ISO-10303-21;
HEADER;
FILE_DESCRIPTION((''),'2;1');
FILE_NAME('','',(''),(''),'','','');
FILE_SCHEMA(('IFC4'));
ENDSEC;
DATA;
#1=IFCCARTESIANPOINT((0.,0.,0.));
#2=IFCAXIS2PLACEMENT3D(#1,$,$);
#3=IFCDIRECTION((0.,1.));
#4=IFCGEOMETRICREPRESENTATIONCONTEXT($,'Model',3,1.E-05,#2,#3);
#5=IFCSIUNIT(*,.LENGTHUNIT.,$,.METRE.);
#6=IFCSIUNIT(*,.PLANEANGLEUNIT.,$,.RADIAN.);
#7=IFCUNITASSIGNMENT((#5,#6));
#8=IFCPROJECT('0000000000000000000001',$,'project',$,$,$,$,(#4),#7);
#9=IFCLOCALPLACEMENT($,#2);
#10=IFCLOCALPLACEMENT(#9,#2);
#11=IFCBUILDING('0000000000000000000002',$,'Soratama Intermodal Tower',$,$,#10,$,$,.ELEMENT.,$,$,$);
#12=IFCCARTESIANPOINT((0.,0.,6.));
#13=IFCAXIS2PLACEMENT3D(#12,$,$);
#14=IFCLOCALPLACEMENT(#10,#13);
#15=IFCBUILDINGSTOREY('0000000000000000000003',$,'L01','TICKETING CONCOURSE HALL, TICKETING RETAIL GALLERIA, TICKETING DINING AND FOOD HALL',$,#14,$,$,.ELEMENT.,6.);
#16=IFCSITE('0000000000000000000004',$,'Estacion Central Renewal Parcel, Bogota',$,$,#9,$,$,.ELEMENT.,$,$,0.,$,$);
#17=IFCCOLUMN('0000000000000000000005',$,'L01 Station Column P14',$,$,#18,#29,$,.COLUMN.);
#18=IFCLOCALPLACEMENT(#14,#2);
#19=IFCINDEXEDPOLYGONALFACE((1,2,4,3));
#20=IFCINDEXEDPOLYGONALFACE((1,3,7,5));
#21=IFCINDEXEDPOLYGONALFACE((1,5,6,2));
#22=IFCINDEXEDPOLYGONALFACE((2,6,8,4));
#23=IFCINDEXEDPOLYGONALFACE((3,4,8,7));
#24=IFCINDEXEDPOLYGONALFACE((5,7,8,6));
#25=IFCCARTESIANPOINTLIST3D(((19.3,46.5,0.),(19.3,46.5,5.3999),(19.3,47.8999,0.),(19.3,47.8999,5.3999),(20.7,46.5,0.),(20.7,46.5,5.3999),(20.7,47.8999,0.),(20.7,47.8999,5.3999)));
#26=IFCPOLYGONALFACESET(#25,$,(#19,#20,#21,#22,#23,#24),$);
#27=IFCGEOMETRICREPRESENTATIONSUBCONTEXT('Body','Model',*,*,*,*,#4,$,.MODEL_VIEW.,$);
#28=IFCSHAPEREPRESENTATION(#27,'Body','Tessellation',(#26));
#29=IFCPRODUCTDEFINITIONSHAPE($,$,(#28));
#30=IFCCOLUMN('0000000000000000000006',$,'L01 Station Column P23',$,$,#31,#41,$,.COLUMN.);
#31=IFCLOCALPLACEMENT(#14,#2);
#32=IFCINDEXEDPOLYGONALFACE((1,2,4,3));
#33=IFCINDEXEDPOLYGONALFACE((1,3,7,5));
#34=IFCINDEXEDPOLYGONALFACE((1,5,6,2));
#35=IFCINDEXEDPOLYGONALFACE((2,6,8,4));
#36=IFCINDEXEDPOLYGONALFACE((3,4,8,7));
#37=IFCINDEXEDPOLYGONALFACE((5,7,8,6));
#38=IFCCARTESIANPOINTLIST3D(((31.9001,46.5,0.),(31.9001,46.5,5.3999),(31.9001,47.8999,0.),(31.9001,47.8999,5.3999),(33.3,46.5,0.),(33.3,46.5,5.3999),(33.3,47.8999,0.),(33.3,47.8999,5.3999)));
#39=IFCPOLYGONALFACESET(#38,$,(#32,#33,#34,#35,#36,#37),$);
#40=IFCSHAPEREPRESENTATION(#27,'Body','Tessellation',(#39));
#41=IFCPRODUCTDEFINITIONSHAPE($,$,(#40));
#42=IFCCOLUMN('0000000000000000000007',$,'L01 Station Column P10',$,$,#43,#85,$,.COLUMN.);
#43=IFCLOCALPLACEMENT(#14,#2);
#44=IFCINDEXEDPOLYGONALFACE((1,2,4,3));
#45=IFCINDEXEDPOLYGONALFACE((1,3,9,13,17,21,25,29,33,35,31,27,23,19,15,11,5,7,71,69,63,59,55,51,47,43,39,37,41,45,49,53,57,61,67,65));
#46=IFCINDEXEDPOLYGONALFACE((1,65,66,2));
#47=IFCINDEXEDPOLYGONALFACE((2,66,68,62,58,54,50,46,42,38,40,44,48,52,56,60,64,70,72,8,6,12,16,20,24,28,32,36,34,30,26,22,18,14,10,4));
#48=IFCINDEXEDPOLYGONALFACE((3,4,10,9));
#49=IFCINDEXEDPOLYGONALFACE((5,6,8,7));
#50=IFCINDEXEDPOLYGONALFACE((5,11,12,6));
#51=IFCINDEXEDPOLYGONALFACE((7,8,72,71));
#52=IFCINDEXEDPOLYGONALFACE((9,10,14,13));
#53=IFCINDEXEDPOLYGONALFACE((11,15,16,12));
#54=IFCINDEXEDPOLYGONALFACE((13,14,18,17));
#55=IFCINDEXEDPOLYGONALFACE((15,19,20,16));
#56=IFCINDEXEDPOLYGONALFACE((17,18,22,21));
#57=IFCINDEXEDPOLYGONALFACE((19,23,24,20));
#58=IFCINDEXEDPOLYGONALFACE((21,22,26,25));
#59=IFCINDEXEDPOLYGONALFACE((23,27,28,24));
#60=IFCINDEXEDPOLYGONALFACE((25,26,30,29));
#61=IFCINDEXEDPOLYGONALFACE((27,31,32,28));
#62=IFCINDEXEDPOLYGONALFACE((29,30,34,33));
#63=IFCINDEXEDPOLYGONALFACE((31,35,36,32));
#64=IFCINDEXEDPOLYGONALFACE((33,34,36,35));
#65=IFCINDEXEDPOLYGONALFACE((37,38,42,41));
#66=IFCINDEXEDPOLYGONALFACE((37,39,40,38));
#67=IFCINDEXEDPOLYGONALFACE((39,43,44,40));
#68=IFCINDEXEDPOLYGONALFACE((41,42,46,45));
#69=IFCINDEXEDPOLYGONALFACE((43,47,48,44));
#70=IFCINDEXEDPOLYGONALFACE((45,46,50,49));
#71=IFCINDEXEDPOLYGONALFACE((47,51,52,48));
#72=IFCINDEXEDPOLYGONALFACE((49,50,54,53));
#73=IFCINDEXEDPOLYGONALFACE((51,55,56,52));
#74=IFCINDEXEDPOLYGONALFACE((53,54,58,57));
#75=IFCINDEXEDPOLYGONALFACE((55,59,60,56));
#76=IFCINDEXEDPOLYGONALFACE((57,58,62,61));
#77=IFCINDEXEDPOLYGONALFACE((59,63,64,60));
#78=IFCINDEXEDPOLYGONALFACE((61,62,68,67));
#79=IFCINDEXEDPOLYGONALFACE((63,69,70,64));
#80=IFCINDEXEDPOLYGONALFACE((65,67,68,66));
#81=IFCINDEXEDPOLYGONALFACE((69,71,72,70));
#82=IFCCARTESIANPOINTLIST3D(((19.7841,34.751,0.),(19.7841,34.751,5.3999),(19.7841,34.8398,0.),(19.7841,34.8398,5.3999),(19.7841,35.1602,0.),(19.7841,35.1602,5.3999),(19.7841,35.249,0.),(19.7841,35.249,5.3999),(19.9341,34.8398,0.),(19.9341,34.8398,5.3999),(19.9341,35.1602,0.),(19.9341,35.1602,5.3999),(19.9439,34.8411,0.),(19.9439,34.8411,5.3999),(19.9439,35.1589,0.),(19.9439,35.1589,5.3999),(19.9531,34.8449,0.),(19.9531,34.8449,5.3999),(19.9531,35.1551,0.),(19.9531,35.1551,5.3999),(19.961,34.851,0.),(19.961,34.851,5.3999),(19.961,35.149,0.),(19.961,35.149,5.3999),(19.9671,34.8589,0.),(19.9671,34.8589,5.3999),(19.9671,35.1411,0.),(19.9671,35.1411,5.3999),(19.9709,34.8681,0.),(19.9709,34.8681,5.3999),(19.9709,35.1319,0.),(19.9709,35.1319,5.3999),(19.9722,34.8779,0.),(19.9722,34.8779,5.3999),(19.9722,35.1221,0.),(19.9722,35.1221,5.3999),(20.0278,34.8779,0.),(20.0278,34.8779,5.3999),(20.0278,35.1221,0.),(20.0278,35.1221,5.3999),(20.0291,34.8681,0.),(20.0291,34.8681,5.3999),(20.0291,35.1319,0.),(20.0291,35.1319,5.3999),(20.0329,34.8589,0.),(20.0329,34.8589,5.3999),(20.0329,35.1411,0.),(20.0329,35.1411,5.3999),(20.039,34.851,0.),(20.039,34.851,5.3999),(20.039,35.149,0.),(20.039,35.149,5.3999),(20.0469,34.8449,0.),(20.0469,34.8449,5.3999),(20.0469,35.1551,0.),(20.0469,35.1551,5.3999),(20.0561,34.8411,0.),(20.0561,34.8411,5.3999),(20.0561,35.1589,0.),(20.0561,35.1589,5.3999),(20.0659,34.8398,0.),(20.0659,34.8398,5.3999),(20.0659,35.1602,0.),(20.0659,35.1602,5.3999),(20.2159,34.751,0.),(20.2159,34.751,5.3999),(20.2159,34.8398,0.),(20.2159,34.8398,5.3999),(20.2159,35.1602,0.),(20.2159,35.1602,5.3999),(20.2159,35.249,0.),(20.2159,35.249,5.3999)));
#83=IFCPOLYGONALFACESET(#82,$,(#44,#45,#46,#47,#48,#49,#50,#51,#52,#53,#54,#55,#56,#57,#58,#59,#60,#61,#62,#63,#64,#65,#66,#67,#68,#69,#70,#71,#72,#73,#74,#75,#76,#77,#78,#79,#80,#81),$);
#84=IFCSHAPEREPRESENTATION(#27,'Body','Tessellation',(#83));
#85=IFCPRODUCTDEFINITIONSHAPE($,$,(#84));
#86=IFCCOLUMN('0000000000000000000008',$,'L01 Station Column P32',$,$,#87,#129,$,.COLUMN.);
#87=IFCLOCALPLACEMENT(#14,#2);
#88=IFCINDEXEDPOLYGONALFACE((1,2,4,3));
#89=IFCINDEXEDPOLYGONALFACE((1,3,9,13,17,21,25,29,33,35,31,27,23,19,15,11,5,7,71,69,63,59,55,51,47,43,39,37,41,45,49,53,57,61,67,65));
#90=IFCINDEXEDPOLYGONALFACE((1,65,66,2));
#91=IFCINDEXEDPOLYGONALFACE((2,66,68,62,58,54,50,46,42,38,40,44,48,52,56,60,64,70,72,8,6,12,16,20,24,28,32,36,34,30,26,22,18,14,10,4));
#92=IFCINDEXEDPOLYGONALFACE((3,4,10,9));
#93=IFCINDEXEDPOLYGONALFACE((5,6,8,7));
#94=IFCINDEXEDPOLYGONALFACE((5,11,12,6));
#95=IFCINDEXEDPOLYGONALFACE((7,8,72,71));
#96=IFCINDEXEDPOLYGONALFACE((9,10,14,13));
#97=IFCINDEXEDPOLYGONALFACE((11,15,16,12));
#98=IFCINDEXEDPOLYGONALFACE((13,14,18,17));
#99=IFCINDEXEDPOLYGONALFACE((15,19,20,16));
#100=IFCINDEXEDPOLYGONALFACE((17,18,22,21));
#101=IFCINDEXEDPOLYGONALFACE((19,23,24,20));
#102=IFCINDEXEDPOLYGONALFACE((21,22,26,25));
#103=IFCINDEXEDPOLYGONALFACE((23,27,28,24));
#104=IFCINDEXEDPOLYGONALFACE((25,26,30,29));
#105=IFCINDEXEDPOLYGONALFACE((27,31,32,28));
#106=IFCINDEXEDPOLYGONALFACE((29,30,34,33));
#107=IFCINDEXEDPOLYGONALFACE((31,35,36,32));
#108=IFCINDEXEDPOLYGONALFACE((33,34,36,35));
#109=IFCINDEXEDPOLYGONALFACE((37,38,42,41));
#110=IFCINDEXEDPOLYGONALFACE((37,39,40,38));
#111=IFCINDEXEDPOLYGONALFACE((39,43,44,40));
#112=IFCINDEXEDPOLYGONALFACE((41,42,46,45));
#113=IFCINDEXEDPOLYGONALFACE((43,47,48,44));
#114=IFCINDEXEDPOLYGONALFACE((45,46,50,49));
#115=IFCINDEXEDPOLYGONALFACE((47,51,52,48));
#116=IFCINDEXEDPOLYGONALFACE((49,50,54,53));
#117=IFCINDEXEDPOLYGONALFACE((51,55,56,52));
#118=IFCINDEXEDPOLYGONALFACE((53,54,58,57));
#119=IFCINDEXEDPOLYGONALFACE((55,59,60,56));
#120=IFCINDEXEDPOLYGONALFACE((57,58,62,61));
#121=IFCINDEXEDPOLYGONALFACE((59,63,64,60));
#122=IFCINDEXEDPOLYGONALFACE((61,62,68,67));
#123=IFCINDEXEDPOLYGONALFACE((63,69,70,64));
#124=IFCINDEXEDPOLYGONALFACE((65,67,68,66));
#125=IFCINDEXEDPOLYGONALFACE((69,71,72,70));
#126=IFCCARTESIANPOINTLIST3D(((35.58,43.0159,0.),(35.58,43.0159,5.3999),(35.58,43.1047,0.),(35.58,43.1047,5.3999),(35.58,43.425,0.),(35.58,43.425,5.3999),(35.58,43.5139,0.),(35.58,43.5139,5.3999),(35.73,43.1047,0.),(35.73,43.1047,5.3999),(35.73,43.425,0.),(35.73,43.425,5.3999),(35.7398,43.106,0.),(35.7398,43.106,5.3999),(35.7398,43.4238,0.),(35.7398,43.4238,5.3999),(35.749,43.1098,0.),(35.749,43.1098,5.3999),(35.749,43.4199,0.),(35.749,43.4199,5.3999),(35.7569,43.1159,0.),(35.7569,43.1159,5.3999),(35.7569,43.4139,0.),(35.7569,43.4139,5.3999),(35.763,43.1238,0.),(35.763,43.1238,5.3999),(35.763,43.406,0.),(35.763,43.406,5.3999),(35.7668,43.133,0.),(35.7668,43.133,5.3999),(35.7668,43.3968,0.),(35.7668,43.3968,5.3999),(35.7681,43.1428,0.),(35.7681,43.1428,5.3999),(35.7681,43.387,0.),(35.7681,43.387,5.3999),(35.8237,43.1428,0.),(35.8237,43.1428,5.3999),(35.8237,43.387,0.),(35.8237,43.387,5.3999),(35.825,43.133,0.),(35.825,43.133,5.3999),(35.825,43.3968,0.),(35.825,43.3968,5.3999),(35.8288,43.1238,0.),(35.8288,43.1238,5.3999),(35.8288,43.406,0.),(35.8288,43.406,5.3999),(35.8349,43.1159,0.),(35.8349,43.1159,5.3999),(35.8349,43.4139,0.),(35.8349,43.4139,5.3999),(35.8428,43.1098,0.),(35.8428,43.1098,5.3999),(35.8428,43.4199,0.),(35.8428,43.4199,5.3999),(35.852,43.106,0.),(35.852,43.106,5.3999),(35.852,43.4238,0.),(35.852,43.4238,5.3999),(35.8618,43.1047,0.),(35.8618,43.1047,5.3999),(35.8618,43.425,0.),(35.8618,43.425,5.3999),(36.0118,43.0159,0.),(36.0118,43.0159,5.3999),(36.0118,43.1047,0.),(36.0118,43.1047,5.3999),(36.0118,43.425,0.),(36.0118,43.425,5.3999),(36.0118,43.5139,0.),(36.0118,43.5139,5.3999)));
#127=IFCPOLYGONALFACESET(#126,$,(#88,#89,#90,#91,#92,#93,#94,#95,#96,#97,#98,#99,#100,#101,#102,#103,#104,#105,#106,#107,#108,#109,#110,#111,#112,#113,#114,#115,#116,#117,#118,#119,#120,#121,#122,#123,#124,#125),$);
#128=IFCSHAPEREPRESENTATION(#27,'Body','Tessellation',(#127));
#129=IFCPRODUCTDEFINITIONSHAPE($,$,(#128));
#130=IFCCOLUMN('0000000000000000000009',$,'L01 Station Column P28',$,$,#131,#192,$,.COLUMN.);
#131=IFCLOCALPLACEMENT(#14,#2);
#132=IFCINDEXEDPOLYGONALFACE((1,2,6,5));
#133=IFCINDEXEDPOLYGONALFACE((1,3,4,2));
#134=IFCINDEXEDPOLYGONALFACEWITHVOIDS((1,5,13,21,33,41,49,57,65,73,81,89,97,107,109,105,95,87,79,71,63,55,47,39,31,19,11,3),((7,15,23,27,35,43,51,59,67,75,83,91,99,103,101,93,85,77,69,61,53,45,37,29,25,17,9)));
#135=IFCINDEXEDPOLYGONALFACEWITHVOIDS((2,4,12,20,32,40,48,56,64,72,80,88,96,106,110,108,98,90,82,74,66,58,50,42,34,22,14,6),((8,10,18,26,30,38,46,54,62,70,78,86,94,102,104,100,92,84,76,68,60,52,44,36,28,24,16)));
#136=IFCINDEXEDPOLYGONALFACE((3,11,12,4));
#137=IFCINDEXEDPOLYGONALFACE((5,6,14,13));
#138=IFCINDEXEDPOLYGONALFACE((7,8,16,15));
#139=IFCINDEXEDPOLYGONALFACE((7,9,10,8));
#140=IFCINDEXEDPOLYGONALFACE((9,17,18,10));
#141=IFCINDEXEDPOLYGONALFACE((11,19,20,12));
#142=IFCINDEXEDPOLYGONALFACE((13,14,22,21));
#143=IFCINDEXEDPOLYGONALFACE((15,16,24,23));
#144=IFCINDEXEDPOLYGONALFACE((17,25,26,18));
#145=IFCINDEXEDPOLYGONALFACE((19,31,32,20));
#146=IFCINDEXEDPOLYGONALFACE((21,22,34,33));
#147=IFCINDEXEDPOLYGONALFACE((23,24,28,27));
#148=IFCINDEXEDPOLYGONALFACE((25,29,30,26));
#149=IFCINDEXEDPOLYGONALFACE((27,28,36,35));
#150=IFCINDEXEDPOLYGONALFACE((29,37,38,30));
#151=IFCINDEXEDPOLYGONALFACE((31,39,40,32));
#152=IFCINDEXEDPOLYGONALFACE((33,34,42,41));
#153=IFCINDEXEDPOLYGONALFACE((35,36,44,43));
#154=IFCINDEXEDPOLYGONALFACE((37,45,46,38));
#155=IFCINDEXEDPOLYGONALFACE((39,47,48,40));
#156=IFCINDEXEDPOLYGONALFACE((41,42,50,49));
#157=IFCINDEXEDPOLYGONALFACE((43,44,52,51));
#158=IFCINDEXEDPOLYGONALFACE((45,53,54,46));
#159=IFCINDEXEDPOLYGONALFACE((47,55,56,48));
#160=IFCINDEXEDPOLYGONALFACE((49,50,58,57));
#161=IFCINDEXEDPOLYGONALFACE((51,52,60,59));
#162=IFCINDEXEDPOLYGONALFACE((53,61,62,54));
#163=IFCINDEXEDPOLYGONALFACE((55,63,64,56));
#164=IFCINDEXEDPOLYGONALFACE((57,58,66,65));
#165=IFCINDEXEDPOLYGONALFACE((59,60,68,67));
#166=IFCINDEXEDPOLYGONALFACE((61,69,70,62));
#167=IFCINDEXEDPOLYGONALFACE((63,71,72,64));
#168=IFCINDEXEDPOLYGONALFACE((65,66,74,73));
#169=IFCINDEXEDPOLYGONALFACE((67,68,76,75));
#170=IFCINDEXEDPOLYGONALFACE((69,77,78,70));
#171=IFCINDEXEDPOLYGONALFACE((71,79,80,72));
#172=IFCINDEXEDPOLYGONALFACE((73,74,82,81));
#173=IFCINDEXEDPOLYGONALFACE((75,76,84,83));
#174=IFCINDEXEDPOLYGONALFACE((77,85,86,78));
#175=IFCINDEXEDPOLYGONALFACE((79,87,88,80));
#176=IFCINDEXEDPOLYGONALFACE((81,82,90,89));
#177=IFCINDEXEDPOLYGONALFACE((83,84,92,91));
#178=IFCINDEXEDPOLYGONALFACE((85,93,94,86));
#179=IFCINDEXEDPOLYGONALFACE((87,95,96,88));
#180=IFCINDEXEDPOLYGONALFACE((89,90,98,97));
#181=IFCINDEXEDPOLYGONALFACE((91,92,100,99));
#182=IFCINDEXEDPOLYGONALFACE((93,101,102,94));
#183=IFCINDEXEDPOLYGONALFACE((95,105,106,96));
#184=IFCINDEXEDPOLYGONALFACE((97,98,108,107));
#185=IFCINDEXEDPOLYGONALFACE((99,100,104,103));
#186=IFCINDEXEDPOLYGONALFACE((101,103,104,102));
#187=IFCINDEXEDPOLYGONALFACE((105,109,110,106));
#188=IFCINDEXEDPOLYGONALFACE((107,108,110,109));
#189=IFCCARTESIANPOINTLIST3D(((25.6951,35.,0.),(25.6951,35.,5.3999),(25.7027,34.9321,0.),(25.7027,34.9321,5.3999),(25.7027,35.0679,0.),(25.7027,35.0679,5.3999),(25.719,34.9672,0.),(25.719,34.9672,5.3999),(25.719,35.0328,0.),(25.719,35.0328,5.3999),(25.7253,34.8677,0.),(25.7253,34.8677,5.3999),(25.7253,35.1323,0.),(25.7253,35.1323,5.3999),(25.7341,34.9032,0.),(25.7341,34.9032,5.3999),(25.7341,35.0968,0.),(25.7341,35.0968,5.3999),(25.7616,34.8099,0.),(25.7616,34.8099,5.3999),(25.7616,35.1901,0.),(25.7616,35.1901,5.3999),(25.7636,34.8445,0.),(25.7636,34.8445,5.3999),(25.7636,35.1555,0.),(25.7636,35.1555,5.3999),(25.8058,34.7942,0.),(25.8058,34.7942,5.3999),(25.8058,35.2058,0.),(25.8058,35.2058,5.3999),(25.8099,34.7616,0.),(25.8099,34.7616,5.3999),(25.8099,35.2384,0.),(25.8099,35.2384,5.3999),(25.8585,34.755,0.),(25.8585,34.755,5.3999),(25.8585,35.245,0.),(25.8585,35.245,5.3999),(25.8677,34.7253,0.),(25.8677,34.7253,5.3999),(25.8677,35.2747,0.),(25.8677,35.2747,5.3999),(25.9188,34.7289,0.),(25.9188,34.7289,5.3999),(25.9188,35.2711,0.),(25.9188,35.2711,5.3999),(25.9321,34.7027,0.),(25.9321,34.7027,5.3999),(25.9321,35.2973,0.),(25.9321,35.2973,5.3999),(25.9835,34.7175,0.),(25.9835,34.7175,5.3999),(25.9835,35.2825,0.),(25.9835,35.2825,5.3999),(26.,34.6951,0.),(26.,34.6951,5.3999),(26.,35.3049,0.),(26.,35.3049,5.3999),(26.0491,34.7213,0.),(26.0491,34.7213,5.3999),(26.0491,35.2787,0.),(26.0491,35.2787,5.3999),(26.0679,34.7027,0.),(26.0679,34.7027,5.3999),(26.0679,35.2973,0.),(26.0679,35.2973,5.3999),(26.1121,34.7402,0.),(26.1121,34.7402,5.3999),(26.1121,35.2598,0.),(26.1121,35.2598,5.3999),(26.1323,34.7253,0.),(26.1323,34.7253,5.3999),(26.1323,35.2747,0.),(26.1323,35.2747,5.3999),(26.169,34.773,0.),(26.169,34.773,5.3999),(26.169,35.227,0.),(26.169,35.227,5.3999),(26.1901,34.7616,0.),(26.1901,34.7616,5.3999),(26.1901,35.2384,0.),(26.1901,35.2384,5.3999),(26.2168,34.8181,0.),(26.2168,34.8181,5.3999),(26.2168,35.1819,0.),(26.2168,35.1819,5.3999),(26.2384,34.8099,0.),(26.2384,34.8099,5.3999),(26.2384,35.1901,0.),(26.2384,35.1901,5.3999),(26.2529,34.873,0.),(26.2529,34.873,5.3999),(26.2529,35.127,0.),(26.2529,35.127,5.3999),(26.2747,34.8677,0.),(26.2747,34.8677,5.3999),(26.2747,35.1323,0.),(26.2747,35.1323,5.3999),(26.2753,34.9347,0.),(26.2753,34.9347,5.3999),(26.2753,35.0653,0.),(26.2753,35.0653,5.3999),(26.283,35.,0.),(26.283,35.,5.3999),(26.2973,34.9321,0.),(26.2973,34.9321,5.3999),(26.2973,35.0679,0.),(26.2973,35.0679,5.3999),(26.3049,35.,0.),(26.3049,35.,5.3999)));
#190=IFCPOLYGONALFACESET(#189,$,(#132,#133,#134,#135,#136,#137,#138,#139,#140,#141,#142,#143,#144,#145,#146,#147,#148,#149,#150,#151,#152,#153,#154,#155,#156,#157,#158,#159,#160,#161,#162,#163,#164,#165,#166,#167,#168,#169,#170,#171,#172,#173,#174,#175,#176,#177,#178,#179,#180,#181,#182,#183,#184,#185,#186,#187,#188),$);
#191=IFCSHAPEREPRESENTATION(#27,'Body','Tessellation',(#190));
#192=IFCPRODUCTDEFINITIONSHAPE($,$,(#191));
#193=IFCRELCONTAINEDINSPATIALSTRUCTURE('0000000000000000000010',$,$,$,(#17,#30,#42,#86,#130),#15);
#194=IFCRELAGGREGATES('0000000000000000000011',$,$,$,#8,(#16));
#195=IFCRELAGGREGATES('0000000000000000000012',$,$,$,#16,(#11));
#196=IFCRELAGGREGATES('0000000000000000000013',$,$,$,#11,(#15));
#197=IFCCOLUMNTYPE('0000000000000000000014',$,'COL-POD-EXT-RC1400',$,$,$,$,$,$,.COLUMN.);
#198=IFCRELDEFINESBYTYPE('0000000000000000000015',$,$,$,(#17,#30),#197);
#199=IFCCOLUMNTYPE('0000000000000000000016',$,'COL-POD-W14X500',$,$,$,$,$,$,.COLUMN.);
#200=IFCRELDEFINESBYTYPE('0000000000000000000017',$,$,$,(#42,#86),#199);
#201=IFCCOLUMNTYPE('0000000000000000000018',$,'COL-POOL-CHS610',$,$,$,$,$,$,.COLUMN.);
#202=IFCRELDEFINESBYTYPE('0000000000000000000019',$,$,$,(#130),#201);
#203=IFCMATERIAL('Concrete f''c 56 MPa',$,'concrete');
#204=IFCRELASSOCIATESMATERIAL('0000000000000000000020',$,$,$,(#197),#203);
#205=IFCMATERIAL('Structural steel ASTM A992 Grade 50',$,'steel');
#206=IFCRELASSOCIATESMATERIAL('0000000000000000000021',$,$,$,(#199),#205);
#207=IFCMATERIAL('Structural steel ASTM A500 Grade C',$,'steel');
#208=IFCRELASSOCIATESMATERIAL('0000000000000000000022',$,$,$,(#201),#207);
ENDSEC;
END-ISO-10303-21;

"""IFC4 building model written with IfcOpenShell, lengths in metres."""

from ifc_helpers import new_model, si_unit, direction, frame, origin, origin_2d, place, context, subcontext, project, spatial, rectangle, hollow_circle, i_section, extrude, material, material_profile, profile_set, type_object, element, save


model = new_model("IFC4")

# Units and contexts
model_context = context("Model", 3, precision=1e-05, world=origin(), true_north=direction((0.0, 1.0)))
body_context = subcontext(model_context, "Body", "Model", "MODEL_VIEW")
ifc_project = project(units=[si_unit("LENGTHUNIT", "METRE"), si_unit("PLANEANGLEUNIT", "RADIAN")], contexts=[model_context])

# Site, building, storey
site_placement = place(None, origin())
site = spatial("IfcSite", under=ifc_project, at=site_placement, Name="Estacion Central Renewal Parcel, Bogota", CompositionType="ELEMENT", RefElevation=0.0)
building_placement = place(site_placement, origin())
building = spatial("IfcBuilding", under=site, at=building_placement, Name="Soratama Intermodal Tower", CompositionType="ELEMENT")
storey_placement = place(building_placement, frame((0.0, 0.0, 6.0)))
storey = spatial("IfcBuildingStorey", under=building, at=storey_placement, Name="L01", Description="TICKETING CONCOURSE HALL, TICKETING RETAIL GALLERIA, TICKETING DINING AND FOOD HALL", CompositionType="ELEMENT", Elevation=6.0)

# Columns
ifc_material_1 = material(Name="Concrete f'c 56 MPa", Category="concrete")
ifc_material_profile_1 = material_profile(ifc_material_1, rectangle(XDim=1.3999, YDim=1.3999, at=origin_2d()), Name="RC1400X1400")
ifc_profile_set_1 = profile_set([ifc_material_profile_1], Name="Concrete f'c 56 MPa")
column_type_1 = type_object("IfcColumnType", Name="COL-POD-EXT-RC1400", PredefinedType="COLUMN", material=ifc_profile_set_1)
for number, where, z_axis, x_axis, name in (
    (1, (20.0, 47.2, 0.0), (0.0, 0.0, 1.0), (1.0, 0.0, 0.0), "L01 Station Column P14"),
    (2, (32.6001, 47.2, 0.0), (0.0, 0.0, 1.0), (1.0, 0.0, 0.0), "L01 Station Column P23"),
):
    element("IfcColumn", number, at=place(storey_placement, frame(where, z_axis=z_axis, x_axis=x_axis)), inside=storey, type_object=column_type_1, Name=name, PredefinedType="COLUMN", context=body_context, shape_type="SweptSolid", body=[
        extrude(rectangle(XDim=1.3999, YDim=1.3999, at=origin_2d()), origin(), (0.0, 0.0, 1.0), 5.3999),
    ])
ifc_material_2 = material(Name="Structural steel ASTM A992 Grade 50", Category="steel")
ifc_material_profile_2 = material_profile(ifc_material_2, i_section(OverallWidth=0.4319, OverallDepth=0.498, WebThickness=0.0557, FlangeThickness=0.0889, FilletRadius=0.0381, at=origin_2d()), Name="W14X500")
ifc_profile_set_2 = profile_set([ifc_material_profile_2], Name="Structural steel ASTM A992 Grade 50")
column_type_2 = type_object("IfcColumnType", Name="COL-POD-W14X500", PredefinedType="COLUMN", material=ifc_profile_set_2)
for number, where, z_axis, x_axis, name in (
    (3, (20.0, 35.0, 0.0), (0.0, 0.0, 1.0), (1.0, 0.0, 0.0), "L01 Station Column P10"),
    (4, (35.7959, 43.2649, 0.0), (0.0, 0.0, 1.0), (1.0, 0.0, 0.0), "L01 Station Column P32"),
):
    element("IfcColumn", number, at=place(storey_placement, frame(where, z_axis=z_axis, x_axis=x_axis)), inside=storey, type_object=column_type_2, Name=name, PredefinedType="COLUMN", context=body_context, shape_type="SweptSolid", body=[
        extrude(i_section(OverallWidth=0.4319, OverallDepth=0.498, WebThickness=0.0557, FlangeThickness=0.0889, FilletRadius=0.0381, at=origin_2d()), origin(), (0.0, 0.0, 1.0), 5.3999),
    ])
ifc_material_3 = material(Name="Structural steel ASTM A500 Grade C", Category="steel")
ifc_material_profile_3 = material_profile(ifc_material_3, hollow_circle(Radius=0.3049, WallThickness=0.022, at=origin_2d()), Name="CHS610X22")
ifc_profile_set_3 = profile_set([ifc_material_profile_3], Name="Structural steel ASTM A500 Grade C")
column_type_3 = type_object("IfcColumnType", Name="COL-POOL-CHS610", PredefinedType="COLUMN", material=ifc_profile_set_3)
column_1_placement = place(storey_placement, frame((26.0, 35.0, 0.0), z_axis=(0.0, 0.0, 1.0), x_axis=(1.0, 0.0, 0.0)))
element("IfcColumn", 5, at=column_1_placement, inside=storey, type_object=column_type_3, Name="L01 Station Column P28", PredefinedType="COLUMN", context=body_context, shape_type="SweptSolid", body=[
    extrude(hollow_circle(Radius=0.3049, WallThickness=0.022, at=origin_2d()), origin(), (0.0, 0.0, 1.0), 5.3999),
])

save(model, "model.ifc")
